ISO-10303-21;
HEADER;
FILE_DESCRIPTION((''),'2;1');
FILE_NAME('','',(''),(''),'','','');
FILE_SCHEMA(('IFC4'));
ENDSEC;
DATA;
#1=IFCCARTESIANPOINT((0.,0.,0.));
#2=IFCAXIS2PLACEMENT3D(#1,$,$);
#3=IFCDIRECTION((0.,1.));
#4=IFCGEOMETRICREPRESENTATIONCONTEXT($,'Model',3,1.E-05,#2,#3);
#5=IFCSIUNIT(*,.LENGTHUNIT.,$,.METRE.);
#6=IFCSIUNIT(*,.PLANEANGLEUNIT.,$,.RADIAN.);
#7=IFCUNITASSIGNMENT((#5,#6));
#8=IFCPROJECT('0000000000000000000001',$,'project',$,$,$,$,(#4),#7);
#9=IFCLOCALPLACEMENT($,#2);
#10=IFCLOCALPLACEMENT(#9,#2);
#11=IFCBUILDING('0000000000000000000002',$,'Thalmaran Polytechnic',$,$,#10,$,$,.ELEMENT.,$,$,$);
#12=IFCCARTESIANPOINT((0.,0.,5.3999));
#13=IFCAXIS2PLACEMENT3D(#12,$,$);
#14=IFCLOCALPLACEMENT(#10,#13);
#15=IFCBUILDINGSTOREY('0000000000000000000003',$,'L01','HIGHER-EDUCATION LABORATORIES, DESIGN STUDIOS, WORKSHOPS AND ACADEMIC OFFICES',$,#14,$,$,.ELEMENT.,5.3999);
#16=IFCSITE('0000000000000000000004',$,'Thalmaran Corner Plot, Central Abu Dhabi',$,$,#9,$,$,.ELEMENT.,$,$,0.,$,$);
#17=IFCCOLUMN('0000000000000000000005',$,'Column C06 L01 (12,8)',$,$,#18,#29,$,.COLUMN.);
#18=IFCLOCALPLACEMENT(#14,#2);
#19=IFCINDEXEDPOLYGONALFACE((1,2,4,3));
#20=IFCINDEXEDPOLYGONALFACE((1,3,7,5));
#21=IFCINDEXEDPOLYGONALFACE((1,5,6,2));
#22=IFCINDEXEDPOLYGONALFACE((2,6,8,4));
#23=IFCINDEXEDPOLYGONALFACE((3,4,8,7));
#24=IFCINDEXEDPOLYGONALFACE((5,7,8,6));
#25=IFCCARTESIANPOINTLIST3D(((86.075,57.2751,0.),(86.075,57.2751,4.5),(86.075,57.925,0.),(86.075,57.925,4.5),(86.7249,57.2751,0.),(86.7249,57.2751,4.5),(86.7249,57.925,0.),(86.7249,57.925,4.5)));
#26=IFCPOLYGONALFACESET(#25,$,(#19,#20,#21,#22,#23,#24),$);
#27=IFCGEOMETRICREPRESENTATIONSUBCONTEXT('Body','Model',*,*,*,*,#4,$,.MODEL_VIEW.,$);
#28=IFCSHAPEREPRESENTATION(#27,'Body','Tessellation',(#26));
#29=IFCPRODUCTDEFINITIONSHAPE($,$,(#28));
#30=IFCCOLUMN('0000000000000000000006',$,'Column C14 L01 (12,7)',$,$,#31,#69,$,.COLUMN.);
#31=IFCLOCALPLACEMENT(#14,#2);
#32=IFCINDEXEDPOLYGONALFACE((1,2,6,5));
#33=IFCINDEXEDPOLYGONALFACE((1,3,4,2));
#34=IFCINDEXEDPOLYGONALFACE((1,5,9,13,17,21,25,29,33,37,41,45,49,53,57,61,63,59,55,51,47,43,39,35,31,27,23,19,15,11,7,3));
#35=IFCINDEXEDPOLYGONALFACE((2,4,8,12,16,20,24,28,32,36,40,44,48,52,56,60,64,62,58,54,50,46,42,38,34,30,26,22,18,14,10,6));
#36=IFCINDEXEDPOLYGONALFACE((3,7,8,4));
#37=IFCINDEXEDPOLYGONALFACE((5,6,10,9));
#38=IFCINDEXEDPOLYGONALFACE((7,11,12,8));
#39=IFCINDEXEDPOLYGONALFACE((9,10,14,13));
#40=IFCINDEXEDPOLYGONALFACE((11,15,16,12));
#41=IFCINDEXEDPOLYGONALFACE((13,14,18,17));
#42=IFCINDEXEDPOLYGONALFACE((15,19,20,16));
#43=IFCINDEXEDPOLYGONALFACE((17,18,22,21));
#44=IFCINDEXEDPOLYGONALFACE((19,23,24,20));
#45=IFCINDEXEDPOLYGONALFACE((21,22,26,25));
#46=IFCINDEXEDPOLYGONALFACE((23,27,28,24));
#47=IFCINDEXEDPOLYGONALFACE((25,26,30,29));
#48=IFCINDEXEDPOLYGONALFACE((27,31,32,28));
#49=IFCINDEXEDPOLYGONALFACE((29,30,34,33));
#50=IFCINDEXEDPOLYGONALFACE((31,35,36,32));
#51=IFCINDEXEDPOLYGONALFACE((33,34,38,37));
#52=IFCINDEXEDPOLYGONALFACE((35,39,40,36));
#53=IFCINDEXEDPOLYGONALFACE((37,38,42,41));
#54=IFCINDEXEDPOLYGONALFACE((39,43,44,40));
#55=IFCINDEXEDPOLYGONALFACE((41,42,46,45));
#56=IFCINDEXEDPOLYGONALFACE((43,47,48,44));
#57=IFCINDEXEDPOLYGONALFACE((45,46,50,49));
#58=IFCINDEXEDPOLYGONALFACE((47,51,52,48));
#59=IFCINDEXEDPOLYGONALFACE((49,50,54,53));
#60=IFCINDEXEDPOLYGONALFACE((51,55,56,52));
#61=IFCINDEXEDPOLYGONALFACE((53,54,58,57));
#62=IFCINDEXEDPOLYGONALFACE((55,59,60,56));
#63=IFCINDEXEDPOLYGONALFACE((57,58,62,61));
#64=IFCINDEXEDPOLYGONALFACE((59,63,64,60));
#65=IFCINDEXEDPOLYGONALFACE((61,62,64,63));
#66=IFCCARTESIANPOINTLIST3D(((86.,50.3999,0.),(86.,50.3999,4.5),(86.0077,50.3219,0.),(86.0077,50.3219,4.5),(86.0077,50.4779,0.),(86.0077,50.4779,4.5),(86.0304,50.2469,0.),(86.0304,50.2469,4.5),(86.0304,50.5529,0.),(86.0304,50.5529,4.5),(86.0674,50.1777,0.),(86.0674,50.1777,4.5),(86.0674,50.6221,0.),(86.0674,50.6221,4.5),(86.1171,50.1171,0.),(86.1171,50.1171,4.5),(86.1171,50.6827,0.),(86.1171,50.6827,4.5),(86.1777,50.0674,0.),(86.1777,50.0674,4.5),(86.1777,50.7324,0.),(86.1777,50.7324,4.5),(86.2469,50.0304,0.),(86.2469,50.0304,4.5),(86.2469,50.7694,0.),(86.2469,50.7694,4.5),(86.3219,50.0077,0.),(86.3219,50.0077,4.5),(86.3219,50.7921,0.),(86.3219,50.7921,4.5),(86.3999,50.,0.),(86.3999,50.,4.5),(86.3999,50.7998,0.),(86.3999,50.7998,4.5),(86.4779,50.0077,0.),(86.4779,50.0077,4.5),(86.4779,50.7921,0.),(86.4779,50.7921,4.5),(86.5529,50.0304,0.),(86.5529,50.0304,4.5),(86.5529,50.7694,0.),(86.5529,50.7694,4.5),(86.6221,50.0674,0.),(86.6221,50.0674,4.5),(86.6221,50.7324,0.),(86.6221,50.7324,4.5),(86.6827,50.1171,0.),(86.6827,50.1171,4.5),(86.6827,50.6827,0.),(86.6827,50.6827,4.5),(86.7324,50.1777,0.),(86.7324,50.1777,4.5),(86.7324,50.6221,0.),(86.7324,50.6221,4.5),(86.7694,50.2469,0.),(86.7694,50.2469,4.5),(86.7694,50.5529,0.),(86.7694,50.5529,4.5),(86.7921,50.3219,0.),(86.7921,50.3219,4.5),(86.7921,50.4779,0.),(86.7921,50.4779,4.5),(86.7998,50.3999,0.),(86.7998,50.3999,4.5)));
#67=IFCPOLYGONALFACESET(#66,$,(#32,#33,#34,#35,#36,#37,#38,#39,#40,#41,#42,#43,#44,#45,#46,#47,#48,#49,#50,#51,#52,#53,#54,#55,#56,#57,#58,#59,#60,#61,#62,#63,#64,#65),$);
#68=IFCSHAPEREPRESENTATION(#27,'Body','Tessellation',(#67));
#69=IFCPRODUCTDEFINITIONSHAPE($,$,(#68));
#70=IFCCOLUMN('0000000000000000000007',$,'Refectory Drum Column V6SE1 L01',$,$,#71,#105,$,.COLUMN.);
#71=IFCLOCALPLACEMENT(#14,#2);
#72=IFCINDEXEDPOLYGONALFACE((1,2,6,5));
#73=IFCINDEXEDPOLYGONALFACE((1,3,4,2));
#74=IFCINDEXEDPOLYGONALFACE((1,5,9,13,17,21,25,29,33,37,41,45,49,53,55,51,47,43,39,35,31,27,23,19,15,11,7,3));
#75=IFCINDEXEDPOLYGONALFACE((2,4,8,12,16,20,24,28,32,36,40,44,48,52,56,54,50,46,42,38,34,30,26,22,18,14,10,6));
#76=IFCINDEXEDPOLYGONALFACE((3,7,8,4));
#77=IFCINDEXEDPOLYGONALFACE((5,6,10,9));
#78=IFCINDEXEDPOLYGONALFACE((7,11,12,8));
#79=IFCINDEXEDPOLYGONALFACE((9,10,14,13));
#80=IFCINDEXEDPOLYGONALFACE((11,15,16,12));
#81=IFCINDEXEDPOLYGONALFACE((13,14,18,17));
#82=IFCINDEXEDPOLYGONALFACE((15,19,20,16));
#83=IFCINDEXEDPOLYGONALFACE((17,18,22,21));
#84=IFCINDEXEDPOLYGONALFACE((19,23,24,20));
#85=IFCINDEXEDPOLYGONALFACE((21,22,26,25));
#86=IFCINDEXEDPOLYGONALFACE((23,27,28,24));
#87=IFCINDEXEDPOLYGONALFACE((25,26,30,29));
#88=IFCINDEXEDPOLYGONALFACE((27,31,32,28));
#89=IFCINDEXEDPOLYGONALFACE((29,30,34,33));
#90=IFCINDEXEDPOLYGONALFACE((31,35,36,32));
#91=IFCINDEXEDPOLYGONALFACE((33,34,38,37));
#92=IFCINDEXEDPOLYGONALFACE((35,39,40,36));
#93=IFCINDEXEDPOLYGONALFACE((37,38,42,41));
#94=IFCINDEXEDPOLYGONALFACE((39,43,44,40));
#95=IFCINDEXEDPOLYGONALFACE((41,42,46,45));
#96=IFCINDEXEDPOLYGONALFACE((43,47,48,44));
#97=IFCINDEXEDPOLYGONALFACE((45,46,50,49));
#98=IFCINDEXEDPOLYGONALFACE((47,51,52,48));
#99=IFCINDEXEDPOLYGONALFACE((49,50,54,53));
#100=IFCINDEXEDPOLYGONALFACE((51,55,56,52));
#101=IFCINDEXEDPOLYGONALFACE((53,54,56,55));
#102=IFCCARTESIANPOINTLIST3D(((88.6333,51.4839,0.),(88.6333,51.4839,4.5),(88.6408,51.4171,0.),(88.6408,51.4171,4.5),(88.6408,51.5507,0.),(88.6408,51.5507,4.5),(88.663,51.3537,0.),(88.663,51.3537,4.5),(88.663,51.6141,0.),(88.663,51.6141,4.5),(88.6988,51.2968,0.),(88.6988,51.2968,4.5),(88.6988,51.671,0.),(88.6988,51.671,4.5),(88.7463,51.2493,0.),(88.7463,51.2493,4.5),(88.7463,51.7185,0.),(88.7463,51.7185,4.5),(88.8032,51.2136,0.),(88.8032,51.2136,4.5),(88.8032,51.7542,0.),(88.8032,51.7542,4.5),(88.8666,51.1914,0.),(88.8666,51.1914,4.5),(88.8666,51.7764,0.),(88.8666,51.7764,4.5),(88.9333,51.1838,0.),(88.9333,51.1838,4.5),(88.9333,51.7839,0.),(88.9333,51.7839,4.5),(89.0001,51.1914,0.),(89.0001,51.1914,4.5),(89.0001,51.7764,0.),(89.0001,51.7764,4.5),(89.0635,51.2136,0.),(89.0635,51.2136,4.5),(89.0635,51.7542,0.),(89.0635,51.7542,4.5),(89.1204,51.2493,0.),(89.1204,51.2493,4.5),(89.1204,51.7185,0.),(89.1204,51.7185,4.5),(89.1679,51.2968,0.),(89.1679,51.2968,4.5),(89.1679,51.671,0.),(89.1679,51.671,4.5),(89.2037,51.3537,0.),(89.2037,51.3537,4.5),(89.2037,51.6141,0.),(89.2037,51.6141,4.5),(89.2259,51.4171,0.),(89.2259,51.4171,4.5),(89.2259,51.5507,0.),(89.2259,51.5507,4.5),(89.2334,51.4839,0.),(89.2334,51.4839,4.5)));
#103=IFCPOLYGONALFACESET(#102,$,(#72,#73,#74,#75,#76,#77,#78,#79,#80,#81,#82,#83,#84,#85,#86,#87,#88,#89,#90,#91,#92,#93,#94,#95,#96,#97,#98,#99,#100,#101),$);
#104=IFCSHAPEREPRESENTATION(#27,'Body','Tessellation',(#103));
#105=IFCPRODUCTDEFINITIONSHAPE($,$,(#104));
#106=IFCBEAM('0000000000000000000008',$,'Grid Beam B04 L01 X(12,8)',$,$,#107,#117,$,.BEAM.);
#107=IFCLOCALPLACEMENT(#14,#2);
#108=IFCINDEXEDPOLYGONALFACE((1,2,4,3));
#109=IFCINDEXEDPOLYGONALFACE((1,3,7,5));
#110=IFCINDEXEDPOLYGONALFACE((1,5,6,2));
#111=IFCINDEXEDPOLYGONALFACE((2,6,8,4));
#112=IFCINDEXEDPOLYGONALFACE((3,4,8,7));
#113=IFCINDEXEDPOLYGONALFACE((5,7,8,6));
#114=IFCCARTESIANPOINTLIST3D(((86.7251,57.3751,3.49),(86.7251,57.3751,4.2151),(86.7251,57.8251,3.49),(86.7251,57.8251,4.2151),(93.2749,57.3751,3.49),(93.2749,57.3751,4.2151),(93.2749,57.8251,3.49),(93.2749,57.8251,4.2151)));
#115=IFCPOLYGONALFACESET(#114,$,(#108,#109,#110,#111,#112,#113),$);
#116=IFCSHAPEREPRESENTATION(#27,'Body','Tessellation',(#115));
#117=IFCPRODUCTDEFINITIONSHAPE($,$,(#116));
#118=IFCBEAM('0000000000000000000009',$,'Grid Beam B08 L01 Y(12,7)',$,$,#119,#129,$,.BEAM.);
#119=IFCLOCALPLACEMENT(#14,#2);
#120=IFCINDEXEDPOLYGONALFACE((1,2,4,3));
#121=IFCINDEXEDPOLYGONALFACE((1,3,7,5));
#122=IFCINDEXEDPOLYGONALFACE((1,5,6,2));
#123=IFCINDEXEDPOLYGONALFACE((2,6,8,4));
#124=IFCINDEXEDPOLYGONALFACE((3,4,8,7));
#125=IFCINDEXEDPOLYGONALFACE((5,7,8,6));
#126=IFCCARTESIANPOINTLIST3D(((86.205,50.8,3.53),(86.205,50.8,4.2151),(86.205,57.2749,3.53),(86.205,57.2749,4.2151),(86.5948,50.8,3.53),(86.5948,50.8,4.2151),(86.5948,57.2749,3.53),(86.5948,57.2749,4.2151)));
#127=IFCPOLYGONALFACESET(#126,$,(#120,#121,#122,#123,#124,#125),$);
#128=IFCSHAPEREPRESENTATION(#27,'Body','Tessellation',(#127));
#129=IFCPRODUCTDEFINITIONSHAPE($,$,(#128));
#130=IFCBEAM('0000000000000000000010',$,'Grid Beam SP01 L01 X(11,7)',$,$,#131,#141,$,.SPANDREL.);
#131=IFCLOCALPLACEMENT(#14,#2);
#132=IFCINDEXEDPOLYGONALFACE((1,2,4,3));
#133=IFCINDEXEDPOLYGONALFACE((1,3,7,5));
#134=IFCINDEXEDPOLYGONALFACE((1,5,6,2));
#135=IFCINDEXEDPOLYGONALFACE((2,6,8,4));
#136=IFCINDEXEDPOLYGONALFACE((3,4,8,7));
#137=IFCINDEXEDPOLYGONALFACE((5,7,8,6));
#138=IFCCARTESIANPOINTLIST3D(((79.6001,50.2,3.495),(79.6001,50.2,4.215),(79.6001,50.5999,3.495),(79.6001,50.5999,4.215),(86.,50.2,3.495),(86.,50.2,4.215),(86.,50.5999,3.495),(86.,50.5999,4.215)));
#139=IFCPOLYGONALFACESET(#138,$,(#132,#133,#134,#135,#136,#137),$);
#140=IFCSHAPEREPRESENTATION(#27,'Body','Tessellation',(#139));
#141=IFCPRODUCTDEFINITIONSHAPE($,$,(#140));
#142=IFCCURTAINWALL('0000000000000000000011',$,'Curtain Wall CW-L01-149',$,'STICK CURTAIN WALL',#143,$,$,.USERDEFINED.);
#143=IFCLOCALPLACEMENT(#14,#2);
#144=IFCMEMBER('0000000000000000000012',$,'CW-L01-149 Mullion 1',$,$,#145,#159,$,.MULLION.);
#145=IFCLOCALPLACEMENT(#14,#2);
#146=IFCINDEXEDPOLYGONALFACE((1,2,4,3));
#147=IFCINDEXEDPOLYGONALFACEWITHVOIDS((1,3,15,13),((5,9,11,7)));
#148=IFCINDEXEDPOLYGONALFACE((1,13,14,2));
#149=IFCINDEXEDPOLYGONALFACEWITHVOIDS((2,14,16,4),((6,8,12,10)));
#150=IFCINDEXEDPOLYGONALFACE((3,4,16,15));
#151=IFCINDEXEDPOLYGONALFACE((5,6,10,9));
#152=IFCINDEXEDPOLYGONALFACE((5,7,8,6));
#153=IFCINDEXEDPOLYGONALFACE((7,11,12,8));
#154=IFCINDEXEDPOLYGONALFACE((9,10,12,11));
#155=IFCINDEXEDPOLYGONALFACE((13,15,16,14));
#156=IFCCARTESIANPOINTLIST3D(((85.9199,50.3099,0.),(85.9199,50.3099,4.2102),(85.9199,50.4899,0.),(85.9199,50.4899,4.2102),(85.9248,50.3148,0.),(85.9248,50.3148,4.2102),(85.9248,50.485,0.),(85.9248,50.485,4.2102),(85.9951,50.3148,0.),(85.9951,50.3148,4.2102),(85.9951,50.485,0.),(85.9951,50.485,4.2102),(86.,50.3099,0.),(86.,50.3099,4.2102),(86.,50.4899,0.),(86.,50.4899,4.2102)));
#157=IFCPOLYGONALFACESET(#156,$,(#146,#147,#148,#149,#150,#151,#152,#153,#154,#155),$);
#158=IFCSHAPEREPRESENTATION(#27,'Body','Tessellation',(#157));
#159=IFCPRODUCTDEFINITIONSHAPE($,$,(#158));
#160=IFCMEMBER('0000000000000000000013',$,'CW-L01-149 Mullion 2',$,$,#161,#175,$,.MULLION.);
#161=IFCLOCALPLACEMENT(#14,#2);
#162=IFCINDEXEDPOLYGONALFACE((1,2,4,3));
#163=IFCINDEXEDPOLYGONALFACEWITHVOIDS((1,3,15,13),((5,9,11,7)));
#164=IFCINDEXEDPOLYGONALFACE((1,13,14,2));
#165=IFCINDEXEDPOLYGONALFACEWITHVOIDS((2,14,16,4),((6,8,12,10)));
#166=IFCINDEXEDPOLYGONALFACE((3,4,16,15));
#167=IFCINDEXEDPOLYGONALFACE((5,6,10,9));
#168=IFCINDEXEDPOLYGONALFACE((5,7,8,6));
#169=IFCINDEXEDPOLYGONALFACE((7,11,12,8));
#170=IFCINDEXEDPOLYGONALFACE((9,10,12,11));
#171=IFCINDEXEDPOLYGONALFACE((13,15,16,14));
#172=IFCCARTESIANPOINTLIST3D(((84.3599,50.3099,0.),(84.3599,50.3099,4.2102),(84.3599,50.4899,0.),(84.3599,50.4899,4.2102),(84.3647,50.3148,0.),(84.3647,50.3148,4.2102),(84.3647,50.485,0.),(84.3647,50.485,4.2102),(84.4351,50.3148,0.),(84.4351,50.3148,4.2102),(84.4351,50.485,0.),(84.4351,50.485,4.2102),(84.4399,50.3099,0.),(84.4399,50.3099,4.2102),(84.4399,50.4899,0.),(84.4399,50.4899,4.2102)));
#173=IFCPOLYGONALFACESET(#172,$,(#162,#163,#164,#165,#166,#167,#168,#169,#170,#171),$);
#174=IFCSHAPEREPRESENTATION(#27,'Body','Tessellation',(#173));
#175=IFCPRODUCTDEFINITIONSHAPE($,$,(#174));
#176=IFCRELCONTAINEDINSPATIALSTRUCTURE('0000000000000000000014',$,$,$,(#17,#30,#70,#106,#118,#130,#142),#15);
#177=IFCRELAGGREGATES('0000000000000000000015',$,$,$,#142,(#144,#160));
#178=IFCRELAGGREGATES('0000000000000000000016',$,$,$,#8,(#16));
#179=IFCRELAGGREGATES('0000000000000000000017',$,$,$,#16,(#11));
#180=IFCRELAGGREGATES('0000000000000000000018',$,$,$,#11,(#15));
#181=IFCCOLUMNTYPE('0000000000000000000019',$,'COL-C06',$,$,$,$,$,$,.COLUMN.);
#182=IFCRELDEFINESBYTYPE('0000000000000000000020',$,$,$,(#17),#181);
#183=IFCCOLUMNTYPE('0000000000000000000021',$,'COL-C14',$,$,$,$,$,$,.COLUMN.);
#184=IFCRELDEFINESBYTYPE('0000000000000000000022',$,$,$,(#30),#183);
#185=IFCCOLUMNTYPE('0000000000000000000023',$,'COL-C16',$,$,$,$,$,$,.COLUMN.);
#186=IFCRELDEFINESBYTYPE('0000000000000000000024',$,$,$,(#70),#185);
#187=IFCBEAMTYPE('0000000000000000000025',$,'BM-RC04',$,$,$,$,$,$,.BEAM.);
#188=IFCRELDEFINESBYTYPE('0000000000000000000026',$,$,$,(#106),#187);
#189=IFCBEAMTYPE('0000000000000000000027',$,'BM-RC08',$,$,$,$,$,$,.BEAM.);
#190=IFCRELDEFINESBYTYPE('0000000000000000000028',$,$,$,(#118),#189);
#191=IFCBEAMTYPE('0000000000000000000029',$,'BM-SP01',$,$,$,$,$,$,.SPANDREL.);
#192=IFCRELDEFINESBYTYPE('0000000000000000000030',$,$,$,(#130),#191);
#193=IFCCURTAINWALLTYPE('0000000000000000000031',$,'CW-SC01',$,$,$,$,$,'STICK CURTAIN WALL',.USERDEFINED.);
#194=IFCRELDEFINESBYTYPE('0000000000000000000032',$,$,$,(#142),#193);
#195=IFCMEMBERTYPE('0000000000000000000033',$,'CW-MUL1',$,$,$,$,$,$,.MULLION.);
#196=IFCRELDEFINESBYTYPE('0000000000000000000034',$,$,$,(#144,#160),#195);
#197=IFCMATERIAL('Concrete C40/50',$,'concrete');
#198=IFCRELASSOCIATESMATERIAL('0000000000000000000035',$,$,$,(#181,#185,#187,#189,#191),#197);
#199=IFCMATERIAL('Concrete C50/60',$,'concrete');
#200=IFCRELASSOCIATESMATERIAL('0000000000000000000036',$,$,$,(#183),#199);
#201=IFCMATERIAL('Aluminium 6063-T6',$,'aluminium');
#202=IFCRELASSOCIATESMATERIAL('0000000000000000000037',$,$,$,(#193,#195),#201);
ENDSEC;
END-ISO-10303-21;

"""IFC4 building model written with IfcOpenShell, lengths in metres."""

from ifc_helpers import new_model, si_unit, direction, frame, origin, origin_2d, place, context, subcontext, project, spatial, rectangle, hollow_rectangle, circle, extrude, material, material_profile, profile_set, type_object, element, aggregate, save


model = new_model("IFC4")

# Units and contexts
model_context = context("Model", 3, precision=1e-05, world=origin(), true_north=direction((0.0, 1.0)))
body_context = subcontext(model_context, "Body", "Model", "MODEL_VIEW")
ifc_project = project(units=[si_unit("LENGTHUNIT", "METRE"), si_unit("PLANEANGLEUNIT", "RADIAN")], contexts=[model_context])

# Site, building, storey
site_placement = place(None, origin())
site = spatial("IfcSite", under=ifc_project, at=site_placement, Name="Thalmaran Corner Plot, Central Abu Dhabi", CompositionType="ELEMENT", RefElevation=0.0)
building_placement = place(site_placement, origin())
building = spatial("IfcBuilding", under=site, at=building_placement, Name="Thalmaran Polytechnic", CompositionType="ELEMENT")
storey_placement = place(building_placement, frame((0.0, 0.0, 5.3999)))
storey = spatial("IfcBuildingStorey", under=building, at=storey_placement, Name="L01", Description="HIGHER-EDUCATION LABORATORIES, DESIGN STUDIOS, WORKSHOPS AND ACADEMIC OFFICES", CompositionType="ELEMENT", Elevation=5.3999)

# Columns
ifc_material_1 = material(Name="Concrete C40/50", Category="concrete")
ifc_material_profile_1 = material_profile(ifc_material_1, rectangle(XDim=0.6499, YDim=0.6499, at=origin_2d()), Name="RC 650x650")
ifc_profile_set_1 = profile_set([ifc_material_profile_1], Name="Concrete C40/50")
column_type_1 = type_object("IfcColumnType", Name="COL-C06", PredefinedType="COLUMN", material=ifc_profile_set_1)
column_1_placement = place(storey_placement, frame((86.3999, 57.6001, 0.0), z_axis=(0.0, 0.0, 1.0), x_axis=(1.0, 0.0, 0.0)))
element("IfcColumn", 1, at=column_1_placement, inside=storey, type_object=column_type_1, Name="Column C06 L01 (12,8)", PredefinedType="COLUMN", context=body_context, shape_type="SweptSolid", body=[
    extrude(rectangle(XDim=0.6499, YDim=0.6499, at=origin_2d()), origin(), (0.0, 0.0, 1.0), 4.5),
])
ifc_material_2 = material(Name="Concrete C50/60", Category="concrete")
ifc_material_profile_2 = material_profile(ifc_material_2, circle(Radius=0.3999, at=origin_2d()), Name="RC 800 DIA")
ifc_profile_set_2 = profile_set([ifc_material_profile_2], Name="Concrete C50/60")
column_type_2 = type_object("IfcColumnType", Name="COL-C14", PredefinedType="COLUMN", material=ifc_profile_set_2)
column_2_placement = place(storey_placement, frame((86.3999, 50.3999, 0.0), z_axis=(0.0, 0.0, 1.0), x_axis=(1.0, 0.0, 0.0)))
element("IfcColumn", 2, at=column_2_placement, inside=storey, type_object=column_type_2, Name="Column C14 L01 (12,7)", PredefinedType="COLUMN", context=body_context, shape_type="SweptSolid", body=[
    extrude(circle(Radius=0.3999, at=origin_2d()), origin(), (0.0, 0.0, 1.0), 4.5),
])
ifc_material_profile_3 = material_profile(ifc_material_1, circle(Radius=0.3, at=origin_2d()), Name="RC 600 DIA")
ifc_profile_set_3 = profile_set([ifc_material_profile_3], Name="Concrete C40/50")
column_type_3 = type_object("IfcColumnType", Name="COL-C16", PredefinedType="COLUMN", material=ifc_profile_set_3)
column_3_placement = place(storey_placement, frame((88.9333, 51.4839, 0.0), z_axis=(0.0, 0.0, 1.0), x_axis=(1.0, 0.0, 0.0)))
element("IfcColumn", 3, at=column_3_placement, inside=storey, type_object=column_type_3, Name="Refectory Drum Column V6SE1 L01", PredefinedType="COLUMN", context=body_context, shape_type="SweptSolid", body=[
    extrude(circle(Radius=0.3, at=origin_2d()), origin(), (0.0, 0.0, 1.0), 4.5),
])

# Beams
ifc_material_profile_4 = material_profile(ifc_material_1, rectangle(XDim=0.45, YDim=0.7251, at=origin_2d()), Name="RC 450x725")
ifc_profile_set_4 = profile_set([ifc_material_profile_4], Name="Concrete C40/50")
beam_type_1 = type_object("IfcBeamType", Name="BM-RC04", PredefinedType="BEAM", material=ifc_profile_set_4)
beam_1_placement = place(storey_placement, frame((86.7251, 57.6001, 3.8525), z_axis=(1.0, 0.0, 0.0), x_axis=(0.0, 1.0, 0.0)))
element("IfcBeam", 4, at=beam_1_placement, inside=storey, type_object=beam_type_1, Name="Grid Beam B04 L01 X(12,8)", PredefinedType="BEAM", context=body_context, shape_type="SweptSolid", body=[
    extrude(rectangle(XDim=0.45, YDim=0.7251, at=origin_2d()), origin(), (0.0, 0.0, 1.0), 6.5498),
])
ifc_material_profile_5 = material_profile(ifc_material_1, rectangle(XDim=0.3899, YDim=0.6851, at=origin_2d()), Name="RC 390x685")
ifc_profile_set_5 = profile_set([ifc_material_profile_5], Name="Concrete C40/50")
beam_type_2 = type_object("IfcBeamType", Name="BM-RC08", PredefinedType="BEAM", material=ifc_profile_set_5)
beam_2_placement = place(storey_placement, frame((86.3999, 50.8, 3.8726), z_axis=(0.0, 1.0, 0.0), x_axis=(-1.0, 0.0, 0.0)))
element("IfcBeam", 5, at=beam_2_placement, inside=storey, type_object=beam_type_2, Name="Grid Beam B08 L01 Y(12,7)", PredefinedType="BEAM", context=body_context, shape_type="SweptSolid", body=[
    extrude(rectangle(XDim=0.3899, YDim=0.6851, at=origin_2d()), origin(), (0.0, 0.0, 1.0), 6.4749),
])
ifc_material_profile_6 = material_profile(ifc_material_1, rectangle(XDim=0.3999, YDim=0.72, at=origin_2d()), Name="RC 400x720")
ifc_profile_set_6 = profile_set([ifc_material_profile_6], Name="Concrete C40/50")
beam_type_3 = type_object("IfcBeamType", Name="BM-SP01", PredefinedType="SPANDREL", material=ifc_profile_set_6)
beam_3_placement = place(storey_placement, frame((79.6001, 50.3999, 3.855), z_axis=(1.0, 0.0, 0.0), x_axis=(0.0, 1.0, 0.0)))
element("IfcBeam", 6, at=beam_3_placement, inside=storey, type_object=beam_type_3, Name="Grid Beam SP01 L01 X(11,7)", PredefinedType="SPANDREL", context=body_context, shape_type="SweptSolid", body=[
    extrude(rectangle(XDim=0.3999, YDim=0.72, at=origin_2d()), origin(), (0.0, 0.0, 1.0), 6.3999),
])

# Curtain wall, members
ifc_material_3 = material(Name="Aluminium 6063-T6", Category="aluminium")
curtain_wall_type = type_object("IfcCurtainWallType", Name="CW-SC01", ElementType="STICK CURTAIN WALL", PredefinedType="USERDEFINED", material=ifc_material_3)
curtain_wall_placement = place(storey_placement, origin())
curtain_wall = element("IfcCurtainWall", 7, at=curtain_wall_placement, inside=storey, type_object=curtain_wall_type, Name="Curtain Wall CW-L01-149", ObjectType="STICK CURTAIN WALL", PredefinedType="USERDEFINED")
ifc_material_profile_7 = material_profile(ifc_material_3, hollow_rectangle(XDim=0.0801, YDim=0.1799, WallThickness=0.0049, at=origin_2d()), Name="RHS 180x80x5.0")
ifc_profile_set_7 = profile_set([ifc_material_profile_7], Name="Aluminium 6063-T6")
member_type_1 = type_object("IfcMemberType", Name="CW-MUL1", PredefinedType="MULLION", material=ifc_profile_set_7)
member_1_placement = place(storey_placement, frame((85.96, 50.3999, 0.0), z_axis=(0.0, 0.0, 1.0), x_axis=(1.0, 0.0, 0.0)))
member_1 = element("IfcMember", 8, at=member_1_placement, type_object=member_type_1, Name="CW-L01-149 Mullion 1", PredefinedType="MULLION", context=body_context, shape_type="SweptSolid", body=[
    extrude(hollow_rectangle(XDim=0.0801, YDim=0.1799, WallThickness=0.0049, at=origin_2d()), origin(), (0.0, 0.0, 1.0), 4.2102),
])
member_2_placement = place(storey_placement, frame((84.3999, 50.3999, 0.0), z_axis=(0.0, 0.0, 1.0), x_axis=(1.0, 0.0, 0.0)))
member_2 = element("IfcMember", 9, at=member_2_placement, type_object=member_type_1, Name="CW-L01-149 Mullion 2", PredefinedType="MULLION", context=body_context, shape_type="SweptSolid", body=[
    extrude(hollow_rectangle(XDim=0.0801, YDim=0.1799, WallThickness=0.0049, at=origin_2d()), origin(), (0.0, 0.0, 1.0), 4.2102),
])

aggregate(curtain_wall, [member_1, member_2])

save(model, "model.ifc")
